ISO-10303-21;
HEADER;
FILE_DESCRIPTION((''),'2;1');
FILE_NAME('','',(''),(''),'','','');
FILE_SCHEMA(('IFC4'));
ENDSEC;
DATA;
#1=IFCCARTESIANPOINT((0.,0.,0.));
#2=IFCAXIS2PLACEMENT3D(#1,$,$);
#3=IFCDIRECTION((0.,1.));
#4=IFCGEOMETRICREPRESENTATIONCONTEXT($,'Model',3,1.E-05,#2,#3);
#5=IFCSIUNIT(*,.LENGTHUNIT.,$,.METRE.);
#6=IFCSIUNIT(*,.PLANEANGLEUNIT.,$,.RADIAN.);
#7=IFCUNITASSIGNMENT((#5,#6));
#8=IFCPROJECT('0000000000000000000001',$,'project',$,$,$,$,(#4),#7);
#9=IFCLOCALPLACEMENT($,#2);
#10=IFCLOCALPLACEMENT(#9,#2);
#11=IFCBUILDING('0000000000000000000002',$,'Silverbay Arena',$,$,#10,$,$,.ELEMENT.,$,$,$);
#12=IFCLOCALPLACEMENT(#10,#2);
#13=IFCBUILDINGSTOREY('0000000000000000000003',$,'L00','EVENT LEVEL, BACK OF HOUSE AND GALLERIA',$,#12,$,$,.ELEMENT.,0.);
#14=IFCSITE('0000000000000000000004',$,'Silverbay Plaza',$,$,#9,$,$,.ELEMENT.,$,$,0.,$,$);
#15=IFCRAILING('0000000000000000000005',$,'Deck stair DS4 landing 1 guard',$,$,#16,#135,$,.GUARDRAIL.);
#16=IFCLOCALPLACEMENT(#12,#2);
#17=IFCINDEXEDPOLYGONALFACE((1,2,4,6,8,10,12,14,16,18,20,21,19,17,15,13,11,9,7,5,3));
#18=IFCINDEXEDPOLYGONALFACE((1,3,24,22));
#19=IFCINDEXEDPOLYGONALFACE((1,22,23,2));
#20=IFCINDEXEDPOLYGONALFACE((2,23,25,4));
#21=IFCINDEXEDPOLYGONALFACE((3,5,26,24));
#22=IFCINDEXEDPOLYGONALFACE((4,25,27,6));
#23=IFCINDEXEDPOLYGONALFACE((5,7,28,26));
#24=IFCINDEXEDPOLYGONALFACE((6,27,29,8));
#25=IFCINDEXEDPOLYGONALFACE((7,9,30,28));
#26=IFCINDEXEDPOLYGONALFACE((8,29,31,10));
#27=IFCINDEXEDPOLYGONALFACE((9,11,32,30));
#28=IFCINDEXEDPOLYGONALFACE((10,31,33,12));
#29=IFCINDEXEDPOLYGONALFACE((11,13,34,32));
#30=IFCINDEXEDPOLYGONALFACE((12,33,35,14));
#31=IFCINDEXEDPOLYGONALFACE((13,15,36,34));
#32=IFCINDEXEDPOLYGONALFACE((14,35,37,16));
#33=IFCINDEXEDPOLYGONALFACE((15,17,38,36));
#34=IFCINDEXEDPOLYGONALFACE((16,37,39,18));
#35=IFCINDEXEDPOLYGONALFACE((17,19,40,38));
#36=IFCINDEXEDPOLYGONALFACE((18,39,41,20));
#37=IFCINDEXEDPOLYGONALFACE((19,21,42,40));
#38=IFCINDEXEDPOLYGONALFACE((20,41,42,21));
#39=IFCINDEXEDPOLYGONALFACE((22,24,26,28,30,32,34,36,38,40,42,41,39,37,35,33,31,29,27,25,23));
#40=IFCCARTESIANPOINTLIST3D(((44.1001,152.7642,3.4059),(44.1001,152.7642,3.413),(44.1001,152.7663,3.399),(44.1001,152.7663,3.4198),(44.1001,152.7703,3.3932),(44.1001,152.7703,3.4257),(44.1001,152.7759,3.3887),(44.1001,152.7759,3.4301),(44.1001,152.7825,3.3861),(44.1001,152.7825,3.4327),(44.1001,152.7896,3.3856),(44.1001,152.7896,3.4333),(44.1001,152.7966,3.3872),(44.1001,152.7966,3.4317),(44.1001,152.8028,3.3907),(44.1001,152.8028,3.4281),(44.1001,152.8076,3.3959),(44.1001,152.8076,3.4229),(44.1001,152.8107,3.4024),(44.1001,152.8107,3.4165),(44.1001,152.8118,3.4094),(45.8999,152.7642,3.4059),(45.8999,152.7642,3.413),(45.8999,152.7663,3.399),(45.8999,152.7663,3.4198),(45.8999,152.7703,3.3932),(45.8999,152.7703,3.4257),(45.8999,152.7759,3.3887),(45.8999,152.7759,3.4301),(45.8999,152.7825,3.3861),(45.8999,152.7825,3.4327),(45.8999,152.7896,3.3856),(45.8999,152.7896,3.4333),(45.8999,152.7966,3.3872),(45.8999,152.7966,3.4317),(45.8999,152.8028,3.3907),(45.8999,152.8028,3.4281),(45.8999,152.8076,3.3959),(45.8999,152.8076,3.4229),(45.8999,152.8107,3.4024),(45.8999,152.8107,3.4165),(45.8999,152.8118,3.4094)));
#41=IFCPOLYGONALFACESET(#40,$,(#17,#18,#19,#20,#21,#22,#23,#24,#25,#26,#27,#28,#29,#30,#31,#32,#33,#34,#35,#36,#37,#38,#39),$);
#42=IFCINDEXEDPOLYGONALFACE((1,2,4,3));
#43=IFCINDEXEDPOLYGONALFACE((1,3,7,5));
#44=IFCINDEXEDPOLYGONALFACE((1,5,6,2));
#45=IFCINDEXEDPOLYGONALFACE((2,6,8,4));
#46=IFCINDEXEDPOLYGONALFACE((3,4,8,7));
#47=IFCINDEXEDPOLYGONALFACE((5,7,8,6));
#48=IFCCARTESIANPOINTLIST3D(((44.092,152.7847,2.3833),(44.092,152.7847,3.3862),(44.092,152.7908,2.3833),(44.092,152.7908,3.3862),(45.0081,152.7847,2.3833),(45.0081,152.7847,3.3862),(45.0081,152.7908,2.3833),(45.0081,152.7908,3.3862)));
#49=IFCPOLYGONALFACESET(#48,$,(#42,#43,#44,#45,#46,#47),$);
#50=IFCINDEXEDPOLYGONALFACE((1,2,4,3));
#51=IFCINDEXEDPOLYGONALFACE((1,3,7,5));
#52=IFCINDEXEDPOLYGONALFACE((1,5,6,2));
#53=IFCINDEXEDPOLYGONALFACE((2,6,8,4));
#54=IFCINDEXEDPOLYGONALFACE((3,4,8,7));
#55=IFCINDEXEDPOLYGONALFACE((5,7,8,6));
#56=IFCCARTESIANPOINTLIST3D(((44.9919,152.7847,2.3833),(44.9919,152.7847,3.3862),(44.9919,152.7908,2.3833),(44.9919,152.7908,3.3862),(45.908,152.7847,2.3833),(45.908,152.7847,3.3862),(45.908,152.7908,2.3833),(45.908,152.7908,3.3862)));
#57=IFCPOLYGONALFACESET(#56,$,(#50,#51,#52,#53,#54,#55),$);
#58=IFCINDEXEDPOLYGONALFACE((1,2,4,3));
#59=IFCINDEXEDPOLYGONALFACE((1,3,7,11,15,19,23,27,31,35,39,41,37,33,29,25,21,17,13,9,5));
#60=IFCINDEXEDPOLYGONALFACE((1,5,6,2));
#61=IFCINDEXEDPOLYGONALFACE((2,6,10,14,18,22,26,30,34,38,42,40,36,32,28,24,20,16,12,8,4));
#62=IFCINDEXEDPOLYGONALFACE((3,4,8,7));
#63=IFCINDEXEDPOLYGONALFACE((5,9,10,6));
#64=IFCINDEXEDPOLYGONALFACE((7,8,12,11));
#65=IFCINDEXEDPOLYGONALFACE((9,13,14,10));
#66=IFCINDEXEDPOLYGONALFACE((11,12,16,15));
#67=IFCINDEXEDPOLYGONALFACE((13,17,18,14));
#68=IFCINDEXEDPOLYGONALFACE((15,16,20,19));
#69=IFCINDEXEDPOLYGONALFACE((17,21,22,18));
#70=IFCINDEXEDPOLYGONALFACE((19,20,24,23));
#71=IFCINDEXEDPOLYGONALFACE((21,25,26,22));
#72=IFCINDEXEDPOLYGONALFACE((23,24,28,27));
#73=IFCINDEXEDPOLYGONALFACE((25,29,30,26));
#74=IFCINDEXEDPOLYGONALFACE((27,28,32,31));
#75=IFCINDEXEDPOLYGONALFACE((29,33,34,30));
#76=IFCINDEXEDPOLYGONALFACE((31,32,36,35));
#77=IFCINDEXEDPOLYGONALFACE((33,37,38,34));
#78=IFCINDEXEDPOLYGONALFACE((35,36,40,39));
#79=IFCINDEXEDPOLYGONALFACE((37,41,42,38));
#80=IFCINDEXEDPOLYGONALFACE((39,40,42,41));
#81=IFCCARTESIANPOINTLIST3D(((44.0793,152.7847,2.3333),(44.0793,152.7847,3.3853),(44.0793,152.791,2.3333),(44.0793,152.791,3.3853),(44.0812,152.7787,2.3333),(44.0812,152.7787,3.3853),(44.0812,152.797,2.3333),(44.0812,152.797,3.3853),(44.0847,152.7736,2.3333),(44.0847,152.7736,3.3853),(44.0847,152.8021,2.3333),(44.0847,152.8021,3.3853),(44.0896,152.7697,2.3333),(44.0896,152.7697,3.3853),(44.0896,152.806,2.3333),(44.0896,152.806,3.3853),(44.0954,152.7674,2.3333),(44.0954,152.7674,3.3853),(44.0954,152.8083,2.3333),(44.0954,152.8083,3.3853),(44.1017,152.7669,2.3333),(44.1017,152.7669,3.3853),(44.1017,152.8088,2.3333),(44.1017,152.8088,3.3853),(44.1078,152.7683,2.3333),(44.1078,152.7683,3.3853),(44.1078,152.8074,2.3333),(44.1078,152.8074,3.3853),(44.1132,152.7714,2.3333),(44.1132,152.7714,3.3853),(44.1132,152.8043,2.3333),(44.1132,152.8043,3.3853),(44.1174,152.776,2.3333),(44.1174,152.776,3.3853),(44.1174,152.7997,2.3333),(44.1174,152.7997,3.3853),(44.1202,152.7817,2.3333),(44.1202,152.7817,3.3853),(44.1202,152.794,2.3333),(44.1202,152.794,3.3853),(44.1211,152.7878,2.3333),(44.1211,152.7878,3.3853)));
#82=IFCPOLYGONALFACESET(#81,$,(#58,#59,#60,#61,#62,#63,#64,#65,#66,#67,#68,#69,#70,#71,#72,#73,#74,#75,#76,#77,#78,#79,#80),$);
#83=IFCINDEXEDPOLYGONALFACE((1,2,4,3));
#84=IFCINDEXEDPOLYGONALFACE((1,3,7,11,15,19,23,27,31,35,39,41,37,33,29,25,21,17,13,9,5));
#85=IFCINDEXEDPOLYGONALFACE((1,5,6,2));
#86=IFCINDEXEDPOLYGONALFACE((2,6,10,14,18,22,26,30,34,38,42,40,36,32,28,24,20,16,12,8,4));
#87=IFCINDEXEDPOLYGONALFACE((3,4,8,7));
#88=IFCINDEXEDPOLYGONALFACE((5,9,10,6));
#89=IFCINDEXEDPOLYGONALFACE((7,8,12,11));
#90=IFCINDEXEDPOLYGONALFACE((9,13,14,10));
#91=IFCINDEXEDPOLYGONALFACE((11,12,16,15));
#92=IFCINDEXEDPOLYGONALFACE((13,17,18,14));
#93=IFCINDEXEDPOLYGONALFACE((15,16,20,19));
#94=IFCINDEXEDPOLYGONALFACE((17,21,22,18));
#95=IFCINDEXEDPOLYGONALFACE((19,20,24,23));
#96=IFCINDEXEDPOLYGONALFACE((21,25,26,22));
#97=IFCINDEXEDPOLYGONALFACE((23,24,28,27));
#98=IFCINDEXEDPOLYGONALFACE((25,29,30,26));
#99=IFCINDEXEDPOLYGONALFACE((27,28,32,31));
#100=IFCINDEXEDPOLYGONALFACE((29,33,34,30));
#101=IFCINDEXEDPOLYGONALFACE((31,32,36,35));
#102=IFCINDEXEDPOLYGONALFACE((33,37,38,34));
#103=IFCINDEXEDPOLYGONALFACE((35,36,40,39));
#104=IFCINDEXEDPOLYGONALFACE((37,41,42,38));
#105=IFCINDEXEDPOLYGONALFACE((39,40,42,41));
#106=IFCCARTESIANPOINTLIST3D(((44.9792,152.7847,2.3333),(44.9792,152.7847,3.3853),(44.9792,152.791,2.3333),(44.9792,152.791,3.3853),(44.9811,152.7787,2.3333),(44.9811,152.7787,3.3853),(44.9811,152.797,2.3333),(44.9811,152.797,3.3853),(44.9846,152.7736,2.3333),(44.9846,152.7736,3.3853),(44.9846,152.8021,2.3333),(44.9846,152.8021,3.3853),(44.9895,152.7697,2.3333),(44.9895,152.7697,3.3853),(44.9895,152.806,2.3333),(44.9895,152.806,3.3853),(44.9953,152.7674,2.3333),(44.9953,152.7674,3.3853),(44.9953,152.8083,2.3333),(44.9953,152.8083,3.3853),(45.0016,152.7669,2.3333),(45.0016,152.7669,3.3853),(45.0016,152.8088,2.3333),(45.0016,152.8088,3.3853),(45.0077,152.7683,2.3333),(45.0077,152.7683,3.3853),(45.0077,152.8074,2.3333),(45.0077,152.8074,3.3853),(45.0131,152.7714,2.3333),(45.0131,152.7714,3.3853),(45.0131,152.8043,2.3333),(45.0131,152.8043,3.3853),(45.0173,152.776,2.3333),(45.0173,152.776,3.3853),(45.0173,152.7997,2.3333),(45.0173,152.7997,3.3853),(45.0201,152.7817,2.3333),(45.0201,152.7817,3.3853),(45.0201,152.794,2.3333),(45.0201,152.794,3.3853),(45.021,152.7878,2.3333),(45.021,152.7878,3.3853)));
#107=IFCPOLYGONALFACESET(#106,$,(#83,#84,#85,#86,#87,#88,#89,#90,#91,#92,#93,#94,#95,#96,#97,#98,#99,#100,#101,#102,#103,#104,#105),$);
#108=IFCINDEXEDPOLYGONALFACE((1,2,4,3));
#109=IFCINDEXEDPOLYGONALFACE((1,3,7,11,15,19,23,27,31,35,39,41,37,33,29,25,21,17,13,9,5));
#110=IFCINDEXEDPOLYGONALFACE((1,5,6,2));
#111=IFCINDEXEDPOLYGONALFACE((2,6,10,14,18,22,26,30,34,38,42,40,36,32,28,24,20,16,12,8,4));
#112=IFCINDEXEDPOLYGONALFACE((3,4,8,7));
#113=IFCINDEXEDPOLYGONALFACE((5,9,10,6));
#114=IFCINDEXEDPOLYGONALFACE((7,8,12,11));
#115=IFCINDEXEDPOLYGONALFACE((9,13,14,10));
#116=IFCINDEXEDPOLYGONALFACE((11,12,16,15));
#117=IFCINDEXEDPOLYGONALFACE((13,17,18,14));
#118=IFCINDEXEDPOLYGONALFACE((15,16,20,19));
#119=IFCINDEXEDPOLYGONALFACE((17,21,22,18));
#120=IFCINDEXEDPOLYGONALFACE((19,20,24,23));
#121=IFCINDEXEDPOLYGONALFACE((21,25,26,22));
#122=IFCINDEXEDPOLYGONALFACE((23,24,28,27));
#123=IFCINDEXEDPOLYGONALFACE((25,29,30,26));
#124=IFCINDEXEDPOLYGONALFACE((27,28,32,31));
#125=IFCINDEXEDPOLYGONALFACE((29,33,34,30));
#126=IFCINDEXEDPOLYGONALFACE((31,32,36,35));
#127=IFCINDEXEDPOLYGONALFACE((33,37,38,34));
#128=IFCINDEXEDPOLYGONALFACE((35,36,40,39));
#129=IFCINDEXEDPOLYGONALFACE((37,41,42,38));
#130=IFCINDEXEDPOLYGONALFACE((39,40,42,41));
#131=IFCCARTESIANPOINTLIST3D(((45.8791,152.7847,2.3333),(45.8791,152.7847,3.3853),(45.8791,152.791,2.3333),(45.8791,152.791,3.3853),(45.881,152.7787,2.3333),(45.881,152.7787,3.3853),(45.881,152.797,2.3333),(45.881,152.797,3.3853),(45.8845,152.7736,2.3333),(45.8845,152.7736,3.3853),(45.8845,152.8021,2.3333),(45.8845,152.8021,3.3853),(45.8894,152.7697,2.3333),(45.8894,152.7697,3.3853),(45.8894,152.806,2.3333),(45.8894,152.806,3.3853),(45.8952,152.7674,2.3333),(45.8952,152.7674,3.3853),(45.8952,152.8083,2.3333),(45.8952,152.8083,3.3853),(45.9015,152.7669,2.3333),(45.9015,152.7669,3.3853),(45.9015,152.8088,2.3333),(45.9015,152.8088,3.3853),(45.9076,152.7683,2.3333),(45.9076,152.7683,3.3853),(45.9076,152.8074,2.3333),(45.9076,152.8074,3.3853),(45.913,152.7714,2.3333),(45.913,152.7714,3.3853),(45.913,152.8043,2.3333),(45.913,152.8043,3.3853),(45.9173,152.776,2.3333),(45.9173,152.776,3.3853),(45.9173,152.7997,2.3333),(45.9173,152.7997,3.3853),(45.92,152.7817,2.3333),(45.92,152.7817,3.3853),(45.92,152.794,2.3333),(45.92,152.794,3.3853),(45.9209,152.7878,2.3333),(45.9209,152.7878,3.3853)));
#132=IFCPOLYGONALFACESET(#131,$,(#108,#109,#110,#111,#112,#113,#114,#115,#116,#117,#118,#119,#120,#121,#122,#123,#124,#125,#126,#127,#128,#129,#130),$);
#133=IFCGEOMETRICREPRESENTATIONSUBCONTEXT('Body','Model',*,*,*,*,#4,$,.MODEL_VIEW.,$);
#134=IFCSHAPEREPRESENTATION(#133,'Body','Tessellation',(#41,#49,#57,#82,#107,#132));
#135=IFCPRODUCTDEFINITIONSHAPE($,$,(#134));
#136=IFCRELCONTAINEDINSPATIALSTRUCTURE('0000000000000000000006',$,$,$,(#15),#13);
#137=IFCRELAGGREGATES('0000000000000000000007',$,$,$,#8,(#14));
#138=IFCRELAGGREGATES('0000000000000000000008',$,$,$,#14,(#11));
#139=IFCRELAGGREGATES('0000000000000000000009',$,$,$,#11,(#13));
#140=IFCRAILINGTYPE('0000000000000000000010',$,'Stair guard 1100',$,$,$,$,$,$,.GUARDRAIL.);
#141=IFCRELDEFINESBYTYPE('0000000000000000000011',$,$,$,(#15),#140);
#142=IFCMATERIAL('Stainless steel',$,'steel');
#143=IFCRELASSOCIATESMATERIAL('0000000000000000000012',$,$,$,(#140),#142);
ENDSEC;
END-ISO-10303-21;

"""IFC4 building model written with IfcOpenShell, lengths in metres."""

from ifc_helpers import new_model, si_unit, direction, frame, origin, origin_2d, place, context, subcontext, project, spatial, polyline, circle, outline, extrude, material, type_object, element, save


model = new_model("IFC4")

# Units and contexts
model_context = context("Model", 3, precision=1e-05, world=origin(), true_north=direction((0.0, 1.0)))
body_context = subcontext(model_context, "Body", "Model", "MODEL_VIEW")
ifc_project = project(units=[si_unit("LENGTHUNIT", "METRE"), si_unit("PLANEANGLEUNIT", "RADIAN")], contexts=[model_context])

# Site, building, storey
site_placement = place(None, origin())
site = spatial("IfcSite", under=ifc_project, at=site_placement, Name="Silverbay Plaza", CompositionType="ELEMENT", RefElevation=0.0)
building_placement = place(site_placement, origin())
building = spatial("IfcBuilding", under=site, at=building_placement, Name="Silverbay Arena", CompositionType="ELEMENT")
storey_placement = place(building_placement, origin())
storey = spatial("IfcBuildingStorey", under=building, at=storey_placement, Name="L00", Description="EVENT LEVEL, BACK OF HOUSE AND GALLERIA", CompositionType="ELEMENT", Elevation=0.0)

# Railing
ifc_material_1 = material(Name="Stainless steel", Category="steel")
railing_type_1 = type_object("IfcRailingType", Name="Stair guard 1100", PredefinedType="GUARDRAIL", material=ifc_material_1)
railing_1_placement = place(storey_placement, frame((44.1001, 152.7878, 2.3333)))
element("IfcRailing", 1, at=railing_1_placement, inside=storey, type_object=railing_type_1, Name="Deck stair DS4 landing 1 guard", PredefinedType="GUARDRAIL", context=body_context, shape_type="SweptSolid", body=[
    extrude(circle(Radius=0.0239, at=origin_2d()), frame((0.0, 0.0, 1.0762), z_axis=(1.0, 0.0, 0.0), x_axis=(0.0, 1.0, 0.0)), (0.0, 0.0, 1.0), 1.7998),
    extrude(outline(polyline([(-0.0081, 0.05), (0.908, 0.05), (0.908, 1.053), (-0.0081, 1.053), (-0.0081, 0.05)])), frame((0.0, 0.0029, 0.0), z_axis=(0.0, -1.0, 0.0), x_axis=(1.0, 0.0, 0.0)), (0.0, 0.0, 1.0), 0.0061),
    extrude(outline(polyline([(-0.0081, 0.05), (0.908, 0.05), (0.908, 1.053), (-0.0081, 1.053), (-0.0081, 0.05)])), frame((0.8999, 0.0029, 0.0), z_axis=(0.0, -1.0, 0.0), x_axis=(1.0, 0.0, 0.0)), (0.0, 0.0, 1.0), 0.0061),
    extrude(circle(Radius=0.021, at=origin_2d()), origin(), (0.0, 0.0, 1.0), 1.052),
    extrude(circle(Radius=0.021, at=origin_2d()), frame((0.8999, 0.0, 0.0)), (0.0, 0.0, 1.0), 1.052),
    extrude(circle(Radius=0.021, at=origin_2d()), frame((1.7998, 0.0, 0.0)), (0.0, 0.0, 1.0), 1.052),
])

save(model, "model.ifc")
